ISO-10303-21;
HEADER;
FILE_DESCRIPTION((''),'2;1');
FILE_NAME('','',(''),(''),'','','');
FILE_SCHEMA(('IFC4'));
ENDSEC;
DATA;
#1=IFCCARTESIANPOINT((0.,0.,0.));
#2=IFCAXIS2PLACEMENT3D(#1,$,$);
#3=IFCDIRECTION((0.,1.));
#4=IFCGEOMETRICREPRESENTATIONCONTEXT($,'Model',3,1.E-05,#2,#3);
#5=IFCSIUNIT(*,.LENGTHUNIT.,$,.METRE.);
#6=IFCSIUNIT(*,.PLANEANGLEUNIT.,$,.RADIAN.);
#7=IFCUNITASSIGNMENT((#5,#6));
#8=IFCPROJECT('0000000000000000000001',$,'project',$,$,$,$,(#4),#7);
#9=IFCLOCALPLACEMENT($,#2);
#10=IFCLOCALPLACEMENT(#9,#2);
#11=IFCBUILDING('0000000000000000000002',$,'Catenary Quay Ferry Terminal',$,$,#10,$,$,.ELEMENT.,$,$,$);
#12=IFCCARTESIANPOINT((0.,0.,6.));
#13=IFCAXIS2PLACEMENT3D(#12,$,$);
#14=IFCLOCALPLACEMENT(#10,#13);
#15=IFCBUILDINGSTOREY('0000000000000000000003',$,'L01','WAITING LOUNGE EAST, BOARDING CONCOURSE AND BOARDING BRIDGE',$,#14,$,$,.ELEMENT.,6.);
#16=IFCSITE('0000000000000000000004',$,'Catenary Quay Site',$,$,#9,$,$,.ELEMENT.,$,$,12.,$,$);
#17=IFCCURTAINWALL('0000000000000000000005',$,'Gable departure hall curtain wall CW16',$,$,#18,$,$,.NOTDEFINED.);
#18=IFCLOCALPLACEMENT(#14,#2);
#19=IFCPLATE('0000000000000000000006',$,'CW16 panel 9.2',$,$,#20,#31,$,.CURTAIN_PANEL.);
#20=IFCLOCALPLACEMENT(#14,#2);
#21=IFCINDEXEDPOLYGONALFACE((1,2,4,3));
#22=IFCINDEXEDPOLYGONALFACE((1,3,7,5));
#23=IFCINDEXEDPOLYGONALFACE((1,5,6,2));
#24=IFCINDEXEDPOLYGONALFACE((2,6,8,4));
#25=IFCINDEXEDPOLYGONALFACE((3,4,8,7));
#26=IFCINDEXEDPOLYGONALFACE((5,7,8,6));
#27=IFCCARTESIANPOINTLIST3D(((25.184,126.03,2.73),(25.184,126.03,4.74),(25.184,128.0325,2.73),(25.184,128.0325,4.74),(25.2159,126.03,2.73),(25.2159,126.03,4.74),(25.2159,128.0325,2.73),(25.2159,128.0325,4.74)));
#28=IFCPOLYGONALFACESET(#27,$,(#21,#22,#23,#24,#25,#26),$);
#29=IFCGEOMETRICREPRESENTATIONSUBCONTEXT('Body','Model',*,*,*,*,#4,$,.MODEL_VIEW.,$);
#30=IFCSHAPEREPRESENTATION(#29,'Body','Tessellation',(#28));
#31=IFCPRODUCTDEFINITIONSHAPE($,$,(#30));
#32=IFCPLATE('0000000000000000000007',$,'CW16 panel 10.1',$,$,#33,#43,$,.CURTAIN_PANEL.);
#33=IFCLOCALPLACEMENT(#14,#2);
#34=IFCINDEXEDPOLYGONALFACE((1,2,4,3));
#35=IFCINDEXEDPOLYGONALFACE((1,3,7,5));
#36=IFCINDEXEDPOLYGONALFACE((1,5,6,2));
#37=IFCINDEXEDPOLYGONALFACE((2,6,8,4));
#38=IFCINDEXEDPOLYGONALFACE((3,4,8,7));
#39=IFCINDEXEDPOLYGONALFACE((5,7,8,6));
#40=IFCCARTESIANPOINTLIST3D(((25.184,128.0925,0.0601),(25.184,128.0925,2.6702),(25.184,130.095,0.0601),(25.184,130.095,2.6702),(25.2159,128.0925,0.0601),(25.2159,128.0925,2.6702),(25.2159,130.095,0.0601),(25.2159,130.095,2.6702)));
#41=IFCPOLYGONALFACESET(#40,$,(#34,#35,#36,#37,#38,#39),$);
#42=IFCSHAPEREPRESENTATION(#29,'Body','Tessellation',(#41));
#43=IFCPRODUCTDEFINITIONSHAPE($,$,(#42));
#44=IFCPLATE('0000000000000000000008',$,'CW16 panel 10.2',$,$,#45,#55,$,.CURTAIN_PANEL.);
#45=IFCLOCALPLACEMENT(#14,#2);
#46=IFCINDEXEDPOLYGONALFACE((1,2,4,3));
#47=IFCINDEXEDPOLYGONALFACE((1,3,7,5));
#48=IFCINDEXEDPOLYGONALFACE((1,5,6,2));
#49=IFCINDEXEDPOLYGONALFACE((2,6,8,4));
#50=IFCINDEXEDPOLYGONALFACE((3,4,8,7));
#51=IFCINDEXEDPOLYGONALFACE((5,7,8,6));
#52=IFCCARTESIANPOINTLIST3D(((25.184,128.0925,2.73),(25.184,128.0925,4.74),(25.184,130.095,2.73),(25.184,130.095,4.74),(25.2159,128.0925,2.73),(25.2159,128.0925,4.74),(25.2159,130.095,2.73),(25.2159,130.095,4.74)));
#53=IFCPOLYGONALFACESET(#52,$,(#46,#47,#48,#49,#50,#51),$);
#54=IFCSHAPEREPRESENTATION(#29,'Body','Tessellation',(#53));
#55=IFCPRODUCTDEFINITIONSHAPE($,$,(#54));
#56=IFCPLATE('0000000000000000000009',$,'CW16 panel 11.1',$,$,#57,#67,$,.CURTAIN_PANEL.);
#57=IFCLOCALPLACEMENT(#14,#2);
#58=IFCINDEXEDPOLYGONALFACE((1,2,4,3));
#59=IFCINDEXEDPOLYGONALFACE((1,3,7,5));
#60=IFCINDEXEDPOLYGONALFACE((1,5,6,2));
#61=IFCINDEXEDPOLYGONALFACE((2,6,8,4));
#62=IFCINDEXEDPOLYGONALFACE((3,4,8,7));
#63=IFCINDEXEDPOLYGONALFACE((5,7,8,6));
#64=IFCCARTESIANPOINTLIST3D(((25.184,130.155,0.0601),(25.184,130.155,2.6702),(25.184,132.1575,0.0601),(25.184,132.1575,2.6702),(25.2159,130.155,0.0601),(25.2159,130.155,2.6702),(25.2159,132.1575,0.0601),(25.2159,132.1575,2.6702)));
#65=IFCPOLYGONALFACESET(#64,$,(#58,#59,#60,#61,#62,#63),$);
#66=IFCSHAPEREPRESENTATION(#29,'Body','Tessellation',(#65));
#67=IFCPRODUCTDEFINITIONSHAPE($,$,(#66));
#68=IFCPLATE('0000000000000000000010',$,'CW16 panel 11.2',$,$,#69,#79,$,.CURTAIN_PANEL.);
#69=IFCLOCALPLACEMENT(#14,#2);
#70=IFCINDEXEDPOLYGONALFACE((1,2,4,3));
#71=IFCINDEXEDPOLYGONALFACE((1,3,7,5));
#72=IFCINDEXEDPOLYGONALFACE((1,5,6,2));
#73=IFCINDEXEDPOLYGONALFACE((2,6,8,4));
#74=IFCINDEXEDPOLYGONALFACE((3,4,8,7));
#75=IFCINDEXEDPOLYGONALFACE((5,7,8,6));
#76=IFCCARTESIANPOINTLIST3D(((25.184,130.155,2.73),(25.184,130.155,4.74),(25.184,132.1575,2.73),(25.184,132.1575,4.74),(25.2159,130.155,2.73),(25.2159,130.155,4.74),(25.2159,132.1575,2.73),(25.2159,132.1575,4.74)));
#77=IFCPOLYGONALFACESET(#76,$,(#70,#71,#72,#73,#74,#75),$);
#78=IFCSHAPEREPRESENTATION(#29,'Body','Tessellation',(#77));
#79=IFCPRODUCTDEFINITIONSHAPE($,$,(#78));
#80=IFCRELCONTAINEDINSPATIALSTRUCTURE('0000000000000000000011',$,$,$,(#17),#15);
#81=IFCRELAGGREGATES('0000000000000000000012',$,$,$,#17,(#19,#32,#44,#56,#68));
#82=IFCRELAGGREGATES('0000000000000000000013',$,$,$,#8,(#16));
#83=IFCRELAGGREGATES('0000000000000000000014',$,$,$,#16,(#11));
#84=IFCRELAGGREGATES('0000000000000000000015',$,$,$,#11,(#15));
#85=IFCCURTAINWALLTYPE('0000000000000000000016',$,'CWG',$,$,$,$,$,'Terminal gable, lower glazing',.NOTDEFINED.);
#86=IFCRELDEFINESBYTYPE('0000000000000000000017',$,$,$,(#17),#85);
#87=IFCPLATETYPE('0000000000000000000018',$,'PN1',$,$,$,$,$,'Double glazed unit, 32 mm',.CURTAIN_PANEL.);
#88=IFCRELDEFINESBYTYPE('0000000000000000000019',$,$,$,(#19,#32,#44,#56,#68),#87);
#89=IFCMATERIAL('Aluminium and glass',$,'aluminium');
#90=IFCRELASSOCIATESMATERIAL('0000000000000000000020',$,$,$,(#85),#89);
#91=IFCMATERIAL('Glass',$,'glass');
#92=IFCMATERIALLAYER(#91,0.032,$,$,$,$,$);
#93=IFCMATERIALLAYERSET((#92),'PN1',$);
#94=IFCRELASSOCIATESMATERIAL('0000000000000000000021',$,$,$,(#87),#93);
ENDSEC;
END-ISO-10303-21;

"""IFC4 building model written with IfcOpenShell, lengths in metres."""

from ifc_helpers import new_model, si_unit, direction, frame, origin, origin_2d, place, context, subcontext, project, spatial, rectangle, extrude, material, layer, layer_set, type_object, element, aggregate, save


model = new_model("IFC4")

# Units and contexts
model_context = context("Model", 3, precision=1e-05, world=origin(), true_north=direction((0.0, 1.0)))
body_context = subcontext(model_context, "Body", "Model", "MODEL_VIEW")
ifc_project = project(units=[si_unit("LENGTHUNIT", "METRE"), si_unit("PLANEANGLEUNIT", "RADIAN")], contexts=[model_context])

# Site, building, storey
site_placement = place(None, origin())
site = spatial("IfcSite", under=ifc_project, at=site_placement, Name="Catenary Quay Site", CompositionType="ELEMENT", RefElevation=12.0)
building_placement = place(site_placement, origin())
building = spatial("IfcBuilding", under=site, at=building_placement, Name="Catenary Quay Ferry Terminal", CompositionType="ELEMENT")
storey_placement = place(building_placement, frame((0.0, 0.0, 6.0)))
storey = spatial("IfcBuildingStorey", under=building, at=storey_placement, Name="L01", Description="WAITING LOUNGE EAST, BOARDING CONCOURSE AND BOARDING BRIDGE", CompositionType="ELEMENT", Elevation=6.0)

# Curtain wall, plates
ifc_material_1 = material(Name="Aluminium and glass", Category="aluminium")
curtain_wall_type = type_object("IfcCurtainWallType", Name="CWG", ElementType="Terminal gable, lower glazing", PredefinedType="NOTDEFINED", material=ifc_material_1)
curtain_wall_placement = place(storey_placement, origin())
curtain_wall = element("IfcCurtainWall", 1, at=curtain_wall_placement, inside=storey, type_object=curtain_wall_type, Name="Gable departure hall curtain wall CW16", PredefinedType="NOTDEFINED")
ifc_material_2 = material(Name="Glass", Category="glass")
ifc_layer = layer(ifc_material_2, 0.032)
ifc_layer_set = layer_set([ifc_layer], Name="PN1")
plate_type = type_object("IfcPlateType", Name="PN1", ElementType="Double glazed unit, 32 mm", PredefinedType="CURTAIN_PANEL", material=ifc_layer_set)
plate_1_placement = place(storey_placement, frame((25.2, 127.0312, 2.73), z_axis=(0.0, 0.0, 1.0), x_axis=(0.0, 1.0, 0.0)))
plate_1 = element("IfcPlate", 2, at=plate_1_placement, type_object=plate_type, Name="CW16 panel 9.2", PredefinedType="CURTAIN_PANEL", context=body_context, shape_type="SweptSolid", body=[
    extrude(rectangle(XDim=2.0024, YDim=0.032, at=origin_2d()), origin(), (0.0, 0.0, 1.0), 2.01),
])
plate_2_placement = place(storey_placement, frame((25.2, 129.0938, 0.0601), z_axis=(0.0, 0.0, 1.0), x_axis=(0.0, 1.0, 0.0)))
plate_2 = element("IfcPlate", 3, at=plate_2_placement, type_object=plate_type, Name="CW16 panel 10.1", PredefinedType="CURTAIN_PANEL", context=body_context, shape_type="SweptSolid", body=[
    extrude(rectangle(XDim=2.0024, YDim=0.032, at=origin_2d()), origin(), (0.0, 0.0, 1.0), 2.6101),
])
plate_3_placement = place(storey_placement, frame((25.2, 129.0938, 2.73), z_axis=(0.0, 0.0, 1.0), x_axis=(0.0, 1.0, 0.0)))
plate_3 = element("IfcPlate", 4, at=plate_3_placement, type_object=plate_type, Name="CW16 panel 10.2", PredefinedType="CURTAIN_PANEL", context=body_context, shape_type="SweptSolid", body=[
    extrude(rectangle(XDim=2.0024, YDim=0.032, at=origin_2d()), origin(), (0.0, 0.0, 1.0), 2.01),
])
plate_4_placement = place(storey_placement, frame((25.2, 131.1562, 0.0601), z_axis=(0.0, 0.0, 1.0), x_axis=(0.0, 1.0, 0.0)))
plate_4 = element("IfcPlate", 5, at=plate_4_placement, type_object=plate_type, Name="CW16 panel 11.1", PredefinedType="CURTAIN_PANEL", context=body_context, shape_type="SweptSolid", body=[
    extrude(rectangle(XDim=2.0024, YDim=0.032, at=origin_2d()), origin(), (0.0, 0.0, 1.0), 2.6101),
])
plate_5_placement = place(storey_placement, frame((25.2, 131.1562, 2.73), z_axis=(0.0, 0.0, 1.0), x_axis=(0.0, 1.0, 0.0)))
plate_5 = element("IfcPlate", 6, at=plate_5_placement, type_object=plate_type, Name="CW16 panel 11.2", PredefinedType="CURTAIN_PANEL", context=body_context, shape_type="SweptSolid", body=[
    extrude(rectangle(XDim=2.0024, YDim=0.032, at=origin_2d()), origin(), (0.0, 0.0, 1.0), 2.01),
])
aggregate(curtain_wall, [plate_1, plate_2, plate_3, plate_4, plate_5])

save(model, "model.ifc")
